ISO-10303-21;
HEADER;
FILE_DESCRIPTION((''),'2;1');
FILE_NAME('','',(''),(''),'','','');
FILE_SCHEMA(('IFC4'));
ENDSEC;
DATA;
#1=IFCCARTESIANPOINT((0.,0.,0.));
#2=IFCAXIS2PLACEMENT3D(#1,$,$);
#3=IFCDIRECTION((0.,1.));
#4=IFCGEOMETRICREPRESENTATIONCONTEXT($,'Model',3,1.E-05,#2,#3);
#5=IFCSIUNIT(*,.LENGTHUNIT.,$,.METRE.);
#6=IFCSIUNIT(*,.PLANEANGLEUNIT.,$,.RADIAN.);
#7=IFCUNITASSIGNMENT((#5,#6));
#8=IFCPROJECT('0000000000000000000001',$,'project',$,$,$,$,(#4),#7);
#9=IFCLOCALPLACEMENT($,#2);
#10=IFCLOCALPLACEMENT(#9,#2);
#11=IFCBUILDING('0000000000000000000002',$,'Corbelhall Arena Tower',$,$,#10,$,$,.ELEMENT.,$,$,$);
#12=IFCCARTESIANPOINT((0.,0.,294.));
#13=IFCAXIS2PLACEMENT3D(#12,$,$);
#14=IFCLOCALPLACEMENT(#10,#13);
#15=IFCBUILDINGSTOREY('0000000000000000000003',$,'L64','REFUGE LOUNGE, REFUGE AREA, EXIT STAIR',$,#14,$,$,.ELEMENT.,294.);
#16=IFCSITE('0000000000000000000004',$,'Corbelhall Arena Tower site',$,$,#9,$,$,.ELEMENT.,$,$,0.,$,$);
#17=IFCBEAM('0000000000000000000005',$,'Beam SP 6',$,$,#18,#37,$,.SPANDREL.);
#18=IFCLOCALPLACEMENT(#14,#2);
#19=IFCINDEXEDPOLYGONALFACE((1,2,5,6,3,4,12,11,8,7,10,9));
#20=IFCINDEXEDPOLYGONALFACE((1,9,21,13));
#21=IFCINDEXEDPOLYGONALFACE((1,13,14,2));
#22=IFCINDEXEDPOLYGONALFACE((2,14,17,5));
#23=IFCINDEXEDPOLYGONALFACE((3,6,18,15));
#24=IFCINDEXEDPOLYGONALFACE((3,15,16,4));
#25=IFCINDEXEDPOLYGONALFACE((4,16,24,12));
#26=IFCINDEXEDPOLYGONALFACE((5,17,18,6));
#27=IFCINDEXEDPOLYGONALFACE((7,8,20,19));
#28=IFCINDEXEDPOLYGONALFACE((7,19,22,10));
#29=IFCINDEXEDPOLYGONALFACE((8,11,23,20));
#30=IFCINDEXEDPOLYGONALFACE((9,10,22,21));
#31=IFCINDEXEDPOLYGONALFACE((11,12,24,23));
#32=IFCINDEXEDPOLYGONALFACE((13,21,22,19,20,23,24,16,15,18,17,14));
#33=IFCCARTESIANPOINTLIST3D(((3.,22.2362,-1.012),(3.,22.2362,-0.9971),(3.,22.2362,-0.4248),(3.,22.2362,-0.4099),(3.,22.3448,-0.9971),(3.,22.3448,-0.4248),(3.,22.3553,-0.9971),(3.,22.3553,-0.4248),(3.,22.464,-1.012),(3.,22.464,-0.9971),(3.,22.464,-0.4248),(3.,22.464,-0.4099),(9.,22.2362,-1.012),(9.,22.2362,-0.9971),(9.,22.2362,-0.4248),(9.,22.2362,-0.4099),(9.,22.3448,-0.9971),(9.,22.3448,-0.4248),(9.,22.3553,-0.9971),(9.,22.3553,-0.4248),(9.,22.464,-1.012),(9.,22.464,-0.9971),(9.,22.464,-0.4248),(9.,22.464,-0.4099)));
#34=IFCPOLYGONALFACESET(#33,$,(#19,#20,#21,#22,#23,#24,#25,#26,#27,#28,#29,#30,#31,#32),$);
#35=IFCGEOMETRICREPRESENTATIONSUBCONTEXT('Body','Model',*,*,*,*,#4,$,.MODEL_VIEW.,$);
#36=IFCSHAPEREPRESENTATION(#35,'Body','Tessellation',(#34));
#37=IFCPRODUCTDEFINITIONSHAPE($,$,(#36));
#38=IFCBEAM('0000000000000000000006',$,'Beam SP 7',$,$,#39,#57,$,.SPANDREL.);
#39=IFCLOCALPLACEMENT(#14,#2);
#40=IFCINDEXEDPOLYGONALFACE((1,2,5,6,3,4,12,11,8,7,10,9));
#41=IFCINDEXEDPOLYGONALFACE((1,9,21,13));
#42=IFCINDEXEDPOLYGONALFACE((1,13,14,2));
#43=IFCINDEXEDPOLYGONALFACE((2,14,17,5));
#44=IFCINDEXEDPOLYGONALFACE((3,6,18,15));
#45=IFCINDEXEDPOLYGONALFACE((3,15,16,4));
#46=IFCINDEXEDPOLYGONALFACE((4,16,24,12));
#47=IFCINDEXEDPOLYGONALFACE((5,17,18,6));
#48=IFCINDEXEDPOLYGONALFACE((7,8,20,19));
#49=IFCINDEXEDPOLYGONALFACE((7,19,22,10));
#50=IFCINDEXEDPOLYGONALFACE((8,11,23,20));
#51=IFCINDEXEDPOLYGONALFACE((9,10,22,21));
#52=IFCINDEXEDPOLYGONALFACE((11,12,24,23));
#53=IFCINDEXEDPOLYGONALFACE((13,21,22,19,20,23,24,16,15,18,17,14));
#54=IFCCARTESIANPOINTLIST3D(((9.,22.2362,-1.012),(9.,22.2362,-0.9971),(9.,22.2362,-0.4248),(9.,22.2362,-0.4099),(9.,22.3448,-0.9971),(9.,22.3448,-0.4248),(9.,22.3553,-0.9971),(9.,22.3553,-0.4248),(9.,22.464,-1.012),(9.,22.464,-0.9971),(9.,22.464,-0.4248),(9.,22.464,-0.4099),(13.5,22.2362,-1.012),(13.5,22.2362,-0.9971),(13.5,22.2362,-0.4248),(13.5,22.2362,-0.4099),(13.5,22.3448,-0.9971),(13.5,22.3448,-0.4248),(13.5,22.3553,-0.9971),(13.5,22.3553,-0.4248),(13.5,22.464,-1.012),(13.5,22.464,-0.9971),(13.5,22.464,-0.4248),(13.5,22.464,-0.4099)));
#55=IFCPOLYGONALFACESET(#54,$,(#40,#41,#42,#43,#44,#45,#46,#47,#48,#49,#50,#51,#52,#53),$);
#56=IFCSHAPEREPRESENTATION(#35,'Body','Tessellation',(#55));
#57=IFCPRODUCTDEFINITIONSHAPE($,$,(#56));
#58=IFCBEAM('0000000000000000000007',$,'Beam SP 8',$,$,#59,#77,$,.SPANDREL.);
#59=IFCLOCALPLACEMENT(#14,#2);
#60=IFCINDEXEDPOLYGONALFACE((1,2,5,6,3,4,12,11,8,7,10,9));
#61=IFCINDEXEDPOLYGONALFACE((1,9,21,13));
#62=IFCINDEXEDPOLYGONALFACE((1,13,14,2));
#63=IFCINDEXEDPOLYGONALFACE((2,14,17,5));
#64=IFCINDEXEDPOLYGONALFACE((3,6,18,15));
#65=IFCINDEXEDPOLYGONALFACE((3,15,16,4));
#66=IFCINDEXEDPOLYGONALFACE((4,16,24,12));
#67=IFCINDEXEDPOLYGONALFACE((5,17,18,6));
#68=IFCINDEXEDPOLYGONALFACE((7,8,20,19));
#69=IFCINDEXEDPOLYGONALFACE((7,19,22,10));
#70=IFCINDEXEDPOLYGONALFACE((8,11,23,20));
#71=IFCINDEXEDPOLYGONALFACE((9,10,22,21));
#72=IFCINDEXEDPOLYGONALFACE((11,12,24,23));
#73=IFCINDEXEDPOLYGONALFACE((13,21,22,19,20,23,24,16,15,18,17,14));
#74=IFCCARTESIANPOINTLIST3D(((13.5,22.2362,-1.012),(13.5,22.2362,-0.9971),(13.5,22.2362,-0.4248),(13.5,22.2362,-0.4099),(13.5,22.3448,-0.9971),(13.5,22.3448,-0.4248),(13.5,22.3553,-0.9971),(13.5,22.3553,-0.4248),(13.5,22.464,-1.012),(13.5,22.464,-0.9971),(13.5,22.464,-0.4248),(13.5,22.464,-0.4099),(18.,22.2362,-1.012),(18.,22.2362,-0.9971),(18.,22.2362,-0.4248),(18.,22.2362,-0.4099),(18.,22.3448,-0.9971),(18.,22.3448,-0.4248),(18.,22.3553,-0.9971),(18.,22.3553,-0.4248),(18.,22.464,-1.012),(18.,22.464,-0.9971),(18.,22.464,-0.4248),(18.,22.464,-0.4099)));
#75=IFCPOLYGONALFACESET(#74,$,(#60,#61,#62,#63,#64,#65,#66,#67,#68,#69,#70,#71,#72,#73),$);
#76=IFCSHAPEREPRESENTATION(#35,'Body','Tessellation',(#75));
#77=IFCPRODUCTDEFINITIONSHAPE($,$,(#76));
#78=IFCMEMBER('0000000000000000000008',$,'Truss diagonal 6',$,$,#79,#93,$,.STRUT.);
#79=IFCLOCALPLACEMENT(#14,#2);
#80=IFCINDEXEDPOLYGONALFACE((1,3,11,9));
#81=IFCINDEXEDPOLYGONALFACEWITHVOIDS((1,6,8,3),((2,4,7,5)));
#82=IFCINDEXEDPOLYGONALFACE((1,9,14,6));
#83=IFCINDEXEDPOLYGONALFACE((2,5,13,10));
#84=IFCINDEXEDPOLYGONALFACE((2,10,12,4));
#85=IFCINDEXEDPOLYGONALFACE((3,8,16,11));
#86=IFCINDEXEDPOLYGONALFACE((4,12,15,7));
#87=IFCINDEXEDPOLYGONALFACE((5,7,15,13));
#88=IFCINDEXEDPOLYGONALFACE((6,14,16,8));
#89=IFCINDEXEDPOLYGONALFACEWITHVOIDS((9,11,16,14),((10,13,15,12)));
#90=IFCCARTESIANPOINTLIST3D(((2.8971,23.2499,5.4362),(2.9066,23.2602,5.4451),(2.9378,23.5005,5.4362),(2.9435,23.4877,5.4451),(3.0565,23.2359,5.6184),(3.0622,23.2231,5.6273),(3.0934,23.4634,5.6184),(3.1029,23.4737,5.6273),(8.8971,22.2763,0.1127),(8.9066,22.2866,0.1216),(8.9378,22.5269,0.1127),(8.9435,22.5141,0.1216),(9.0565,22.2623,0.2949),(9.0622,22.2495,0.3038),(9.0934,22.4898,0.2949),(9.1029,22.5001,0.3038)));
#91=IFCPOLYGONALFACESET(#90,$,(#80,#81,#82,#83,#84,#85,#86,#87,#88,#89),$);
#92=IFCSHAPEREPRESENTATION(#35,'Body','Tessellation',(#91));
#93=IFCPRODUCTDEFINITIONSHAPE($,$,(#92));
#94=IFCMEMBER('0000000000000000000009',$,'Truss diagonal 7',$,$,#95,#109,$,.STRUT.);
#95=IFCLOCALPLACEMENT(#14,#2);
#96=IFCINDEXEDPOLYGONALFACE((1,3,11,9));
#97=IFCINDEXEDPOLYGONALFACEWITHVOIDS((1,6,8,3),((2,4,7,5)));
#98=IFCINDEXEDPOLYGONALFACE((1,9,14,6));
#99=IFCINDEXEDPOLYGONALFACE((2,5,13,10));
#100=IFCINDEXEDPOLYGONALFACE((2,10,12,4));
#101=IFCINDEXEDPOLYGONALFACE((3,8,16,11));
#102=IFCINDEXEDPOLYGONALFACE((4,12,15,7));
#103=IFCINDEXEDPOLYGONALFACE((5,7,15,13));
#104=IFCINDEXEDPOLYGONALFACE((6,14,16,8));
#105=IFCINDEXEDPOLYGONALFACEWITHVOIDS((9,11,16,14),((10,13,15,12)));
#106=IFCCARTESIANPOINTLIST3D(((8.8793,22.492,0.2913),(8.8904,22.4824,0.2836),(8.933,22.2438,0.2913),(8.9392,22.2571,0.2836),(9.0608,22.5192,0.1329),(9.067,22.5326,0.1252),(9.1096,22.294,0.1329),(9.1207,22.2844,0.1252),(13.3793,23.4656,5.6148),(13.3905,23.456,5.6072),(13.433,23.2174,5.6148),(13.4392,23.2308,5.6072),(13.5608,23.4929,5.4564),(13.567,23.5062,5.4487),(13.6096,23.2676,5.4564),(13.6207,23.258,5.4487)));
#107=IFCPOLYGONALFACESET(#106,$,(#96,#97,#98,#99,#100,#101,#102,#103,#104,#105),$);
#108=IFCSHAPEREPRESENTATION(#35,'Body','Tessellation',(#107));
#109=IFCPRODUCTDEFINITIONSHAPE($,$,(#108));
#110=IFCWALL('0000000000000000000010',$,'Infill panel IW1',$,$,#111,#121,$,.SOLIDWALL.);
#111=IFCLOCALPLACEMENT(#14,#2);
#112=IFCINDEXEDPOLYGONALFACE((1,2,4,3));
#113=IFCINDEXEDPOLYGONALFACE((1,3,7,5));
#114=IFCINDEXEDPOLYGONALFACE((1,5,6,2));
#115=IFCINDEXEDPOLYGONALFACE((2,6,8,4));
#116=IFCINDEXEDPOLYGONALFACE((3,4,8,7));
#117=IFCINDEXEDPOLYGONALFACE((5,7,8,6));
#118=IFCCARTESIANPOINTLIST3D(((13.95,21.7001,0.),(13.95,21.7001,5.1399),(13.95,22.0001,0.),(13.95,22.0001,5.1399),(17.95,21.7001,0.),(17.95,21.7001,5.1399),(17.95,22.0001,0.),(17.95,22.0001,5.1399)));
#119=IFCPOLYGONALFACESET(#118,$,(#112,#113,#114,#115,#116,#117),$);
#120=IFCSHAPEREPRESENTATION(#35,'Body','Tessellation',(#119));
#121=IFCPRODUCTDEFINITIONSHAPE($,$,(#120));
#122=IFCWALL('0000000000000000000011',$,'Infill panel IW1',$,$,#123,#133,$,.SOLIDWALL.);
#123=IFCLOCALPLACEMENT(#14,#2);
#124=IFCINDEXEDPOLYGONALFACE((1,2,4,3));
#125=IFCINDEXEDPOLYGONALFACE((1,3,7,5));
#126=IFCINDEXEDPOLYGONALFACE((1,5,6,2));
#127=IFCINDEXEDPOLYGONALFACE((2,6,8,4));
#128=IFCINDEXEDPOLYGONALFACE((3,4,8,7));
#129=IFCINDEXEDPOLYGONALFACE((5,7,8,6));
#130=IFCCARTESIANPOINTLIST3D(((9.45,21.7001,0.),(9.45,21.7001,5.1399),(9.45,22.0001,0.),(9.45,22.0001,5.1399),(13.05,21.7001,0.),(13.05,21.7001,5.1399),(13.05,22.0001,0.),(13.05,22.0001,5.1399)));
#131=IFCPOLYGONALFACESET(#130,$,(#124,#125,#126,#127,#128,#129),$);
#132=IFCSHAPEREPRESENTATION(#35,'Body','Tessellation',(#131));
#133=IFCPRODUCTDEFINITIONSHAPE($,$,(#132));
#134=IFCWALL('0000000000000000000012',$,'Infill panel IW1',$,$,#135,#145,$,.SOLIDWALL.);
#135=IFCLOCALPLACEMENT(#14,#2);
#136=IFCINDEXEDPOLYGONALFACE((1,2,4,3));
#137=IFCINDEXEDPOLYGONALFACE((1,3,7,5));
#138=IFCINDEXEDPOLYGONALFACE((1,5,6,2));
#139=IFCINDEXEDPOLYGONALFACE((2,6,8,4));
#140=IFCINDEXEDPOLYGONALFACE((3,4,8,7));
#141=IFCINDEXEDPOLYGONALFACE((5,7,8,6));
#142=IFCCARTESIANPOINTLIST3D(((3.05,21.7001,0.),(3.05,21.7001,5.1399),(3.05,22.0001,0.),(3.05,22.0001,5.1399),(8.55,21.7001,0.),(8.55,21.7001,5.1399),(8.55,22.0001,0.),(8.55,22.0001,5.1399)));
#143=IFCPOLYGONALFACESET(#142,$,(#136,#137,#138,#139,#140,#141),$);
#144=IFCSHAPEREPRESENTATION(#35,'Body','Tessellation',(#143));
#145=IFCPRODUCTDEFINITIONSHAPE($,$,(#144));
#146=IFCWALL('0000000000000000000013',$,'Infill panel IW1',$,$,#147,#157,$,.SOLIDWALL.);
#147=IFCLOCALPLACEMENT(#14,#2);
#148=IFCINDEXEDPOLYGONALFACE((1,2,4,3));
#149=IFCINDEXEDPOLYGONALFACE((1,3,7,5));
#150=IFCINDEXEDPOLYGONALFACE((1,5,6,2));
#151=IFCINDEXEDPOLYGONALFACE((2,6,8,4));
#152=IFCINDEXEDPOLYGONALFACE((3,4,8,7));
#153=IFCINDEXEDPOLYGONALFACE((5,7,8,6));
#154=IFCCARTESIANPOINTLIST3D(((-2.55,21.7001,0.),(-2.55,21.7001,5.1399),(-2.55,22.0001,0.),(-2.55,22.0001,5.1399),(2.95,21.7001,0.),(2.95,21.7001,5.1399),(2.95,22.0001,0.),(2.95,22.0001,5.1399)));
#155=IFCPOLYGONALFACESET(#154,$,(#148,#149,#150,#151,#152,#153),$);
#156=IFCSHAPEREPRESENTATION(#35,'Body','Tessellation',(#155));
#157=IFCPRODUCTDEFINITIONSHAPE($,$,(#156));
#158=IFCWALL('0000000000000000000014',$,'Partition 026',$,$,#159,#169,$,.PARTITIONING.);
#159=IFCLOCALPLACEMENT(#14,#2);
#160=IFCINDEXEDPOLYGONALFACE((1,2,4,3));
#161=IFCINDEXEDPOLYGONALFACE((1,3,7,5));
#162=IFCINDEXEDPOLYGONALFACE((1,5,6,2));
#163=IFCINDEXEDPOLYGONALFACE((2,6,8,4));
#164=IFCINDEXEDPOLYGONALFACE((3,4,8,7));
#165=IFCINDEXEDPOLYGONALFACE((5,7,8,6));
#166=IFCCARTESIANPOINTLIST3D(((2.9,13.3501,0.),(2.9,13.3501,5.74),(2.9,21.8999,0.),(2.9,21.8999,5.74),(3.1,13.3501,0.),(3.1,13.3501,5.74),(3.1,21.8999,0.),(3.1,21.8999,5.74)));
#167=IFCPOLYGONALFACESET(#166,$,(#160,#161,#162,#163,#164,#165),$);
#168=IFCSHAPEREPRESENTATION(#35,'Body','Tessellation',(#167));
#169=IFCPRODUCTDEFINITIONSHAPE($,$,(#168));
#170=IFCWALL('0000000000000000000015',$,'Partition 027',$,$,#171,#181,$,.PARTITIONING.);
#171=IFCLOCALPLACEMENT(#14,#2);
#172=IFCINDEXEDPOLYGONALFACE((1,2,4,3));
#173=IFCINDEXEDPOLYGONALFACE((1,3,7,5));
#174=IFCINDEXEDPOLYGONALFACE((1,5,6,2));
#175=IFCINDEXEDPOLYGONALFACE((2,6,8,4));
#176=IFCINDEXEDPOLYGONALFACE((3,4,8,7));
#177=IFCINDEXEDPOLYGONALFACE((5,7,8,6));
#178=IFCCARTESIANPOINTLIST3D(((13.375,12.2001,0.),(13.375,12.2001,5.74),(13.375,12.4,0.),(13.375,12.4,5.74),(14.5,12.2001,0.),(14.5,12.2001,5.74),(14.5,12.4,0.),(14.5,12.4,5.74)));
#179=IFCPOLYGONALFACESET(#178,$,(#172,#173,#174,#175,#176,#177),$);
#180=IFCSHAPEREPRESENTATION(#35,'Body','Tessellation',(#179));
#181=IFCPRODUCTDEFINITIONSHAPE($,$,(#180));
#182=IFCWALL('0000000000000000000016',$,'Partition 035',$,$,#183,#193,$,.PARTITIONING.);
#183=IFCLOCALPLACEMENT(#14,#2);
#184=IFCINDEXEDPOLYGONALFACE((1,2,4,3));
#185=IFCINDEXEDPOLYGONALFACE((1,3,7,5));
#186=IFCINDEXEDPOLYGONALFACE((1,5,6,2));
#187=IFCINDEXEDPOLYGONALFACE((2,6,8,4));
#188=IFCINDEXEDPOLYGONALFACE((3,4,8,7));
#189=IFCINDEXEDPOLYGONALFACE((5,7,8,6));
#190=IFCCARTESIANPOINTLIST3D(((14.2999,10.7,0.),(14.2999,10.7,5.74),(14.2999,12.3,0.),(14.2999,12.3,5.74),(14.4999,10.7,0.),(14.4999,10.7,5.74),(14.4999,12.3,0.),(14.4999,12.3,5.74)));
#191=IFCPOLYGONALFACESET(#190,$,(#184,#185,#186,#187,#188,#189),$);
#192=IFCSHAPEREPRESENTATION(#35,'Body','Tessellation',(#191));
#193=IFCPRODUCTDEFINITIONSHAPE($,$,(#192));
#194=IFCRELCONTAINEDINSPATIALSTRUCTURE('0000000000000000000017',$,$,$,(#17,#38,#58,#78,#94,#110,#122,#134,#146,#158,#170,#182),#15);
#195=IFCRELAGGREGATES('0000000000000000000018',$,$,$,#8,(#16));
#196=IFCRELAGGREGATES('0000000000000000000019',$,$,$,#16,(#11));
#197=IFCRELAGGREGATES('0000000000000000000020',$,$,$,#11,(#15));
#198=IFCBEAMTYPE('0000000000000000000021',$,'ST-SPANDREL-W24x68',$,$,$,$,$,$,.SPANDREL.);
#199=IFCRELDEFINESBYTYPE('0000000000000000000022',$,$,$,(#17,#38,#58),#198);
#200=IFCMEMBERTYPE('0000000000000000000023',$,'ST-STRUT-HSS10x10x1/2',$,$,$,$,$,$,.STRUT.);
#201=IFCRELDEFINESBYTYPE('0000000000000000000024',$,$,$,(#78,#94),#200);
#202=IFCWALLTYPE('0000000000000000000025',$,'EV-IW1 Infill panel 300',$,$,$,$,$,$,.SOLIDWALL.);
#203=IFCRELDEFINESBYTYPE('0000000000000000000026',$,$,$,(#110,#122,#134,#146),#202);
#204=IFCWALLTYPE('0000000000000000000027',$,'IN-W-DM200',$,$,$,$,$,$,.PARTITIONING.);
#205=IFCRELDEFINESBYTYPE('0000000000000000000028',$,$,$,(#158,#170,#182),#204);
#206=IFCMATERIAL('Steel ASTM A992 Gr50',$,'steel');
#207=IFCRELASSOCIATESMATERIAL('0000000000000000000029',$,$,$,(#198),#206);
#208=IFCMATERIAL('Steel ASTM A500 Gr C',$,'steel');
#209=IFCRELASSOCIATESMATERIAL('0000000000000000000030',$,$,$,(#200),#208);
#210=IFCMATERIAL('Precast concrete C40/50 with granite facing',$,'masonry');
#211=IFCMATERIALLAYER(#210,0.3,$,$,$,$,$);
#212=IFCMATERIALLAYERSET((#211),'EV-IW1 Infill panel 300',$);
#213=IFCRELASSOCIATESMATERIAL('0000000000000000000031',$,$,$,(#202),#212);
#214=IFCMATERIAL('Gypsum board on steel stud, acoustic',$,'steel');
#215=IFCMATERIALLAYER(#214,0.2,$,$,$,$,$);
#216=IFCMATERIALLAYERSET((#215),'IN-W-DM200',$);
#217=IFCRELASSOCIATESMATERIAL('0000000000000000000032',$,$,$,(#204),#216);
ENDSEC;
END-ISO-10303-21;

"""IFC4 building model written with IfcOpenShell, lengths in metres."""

from ifc_helpers import new_model, si_unit, direction, frame, frame_2d, origin, origin_2d, place, context, subcontext, project, spatial, rectangle, hollow_rectangle, i_section, extrude, material, layer, layer_set, material_profile, profile_set, type_object, element, save


model = new_model("IFC4")

# Units and contexts
model_context = context("Model", 3, precision=1e-05, world=origin(), true_north=direction((0.0, 1.0)))
body_context = subcontext(model_context, "Body", "Model", "MODEL_VIEW")
ifc_project = project(units=[si_unit("LENGTHUNIT", "METRE"), si_unit("PLANEANGLEUNIT", "RADIAN")], contexts=[model_context])

# Site, building, storey
site_placement = place(None, origin())
site = spatial("IfcSite", under=ifc_project, at=site_placement, Name="Corbelhall Arena Tower site", CompositionType="ELEMENT", RefElevation=0.0)
building_placement = place(site_placement, origin())
building = spatial("IfcBuilding", under=site, at=building_placement, Name="Corbelhall Arena Tower", CompositionType="ELEMENT")
storey_placement = place(building_placement, frame((0.0, 0.0, 294.0)))
storey = spatial("IfcBuildingStorey", under=building, at=storey_placement, Name="L64", Description="REFUGE LOUNGE, REFUGE AREA, EXIT STAIR", CompositionType="ELEMENT", Elevation=294.0)

# Shared definitions
ifc_material_1 = material(Name="Steel ASTM A992 Gr50", Category="steel")

# Beams
ifc_material_profile_1 = material_profile(ifc_material_1, i_section(OverallWidth=0.2278, OverallDepth=0.6021, WebThickness=0.0105, FlangeThickness=0.0149, at=origin_2d()))
ifc_profile_set_1 = profile_set([ifc_material_profile_1], Name="Steel ASTM A992 Gr50")
beam_type = type_object("IfcBeamType", Name="ST-SPANDREL-W24x68", PredefinedType="SPANDREL", material=ifc_profile_set_1)
beam_placement = place(storey_placement, frame((3.0, 22.3501, -0.7109), z_axis=(1.0, 0.0, 0.0), x_axis=(0.0, 1.0, 0.0)))
element("IfcBeam", 1, at=beam_placement, inside=storey, type_object=beam_type, Name="Beam SP 6", PredefinedType="SPANDREL", context=body_context, shape_type="SweptSolid", body=[
    extrude(i_section(OverallWidth=0.2278, OverallDepth=0.6021, WebThickness=0.0105, FlangeThickness=0.0149, at=origin_2d()), origin(), (0.0, 0.0, 1.0), 6.0),
])
for number, where, z_axis, x_axis, name in (
    (2, (9.0, 22.3501, -0.7109), (1.0, 0.0, 0.0), (0.0, 1.0, 0.0), "Beam SP 7"),
    (3, (13.5, 22.3501, -0.7109), (1.0, 0.0, 0.0), (0.0, 1.0, 0.0), "Beam SP 8"),
):
    element("IfcBeam", number, at=place(storey_placement, frame(where, z_axis=z_axis, x_axis=x_axis)), inside=storey, type_object=beam_type, Name=name, PredefinedType="SPANDREL", context=body_context, shape_type="SweptSolid", body=[
        extrude(i_section(OverallWidth=0.2278, OverallDepth=0.6021, WebThickness=0.0105, FlangeThickness=0.0149, at=origin_2d()), origin(), (0.0, 0.0, 1.0), 4.5),
    ])

# Members
ifc_material_2 = material(Name="Steel ASTM A500 Gr C", Category="steel")
ifc_material_profile_2 = material_profile(ifc_material_2, hollow_rectangle(XDim=0.2539, YDim=0.2539, WallThickness=0.0117, at=origin_2d()))
ifc_profile_set_2 = profile_set([ifc_material_profile_2], Name="Steel ASTM A500 Gr C")
member_type_1 = type_object("IfcMemberType", Name="ST-STRUT-HSS10x10x1/2", PredefinedType="STRUT", material=ifc_profile_set_2)
member_1_placement = place(storey_placement, frame((9.0, 22.3882, 0.2083), z_axis=(-0.742568, 0.120498, 0.658842), x_axis=(-0.160177, -0.987088, 0.0)))
element("IfcMember", 4, at=member_1_placement, inside=storey, type_object=member_type_1, Name="Truss diagonal 6", PredefinedType="STRUT", context=body_context, shape_type="SweptSolid", body=[
    extrude(hollow_rectangle(XDim=0.2539, YDim=0.2539, WallThickness=0.0117, at=origin_2d()), origin(), (0.0, 0.0, 1.0), 8.0801),
])
member_2_placement = place(storey_placement, frame((9.0, 22.3882, 0.2083), z_axis=(0.63936, 0.138334, 0.756361), x_axis=(-0.21147, 0.977385, 0.0)))
element("IfcMember", 5, at=member_2_placement, inside=storey, type_object=member_type_1, Name="Truss diagonal 7", PredefinedType="STRUT", context=body_context, shape_type="SweptSolid", body=[
    extrude(hollow_rectangle(XDim=0.2539, YDim=0.2539, WallThickness=0.0117, at=origin_2d()), origin(), (0.0, 0.0, 1.0), 7.0383),
])

# Walls
ifc_material_3 = material(Name="Precast concrete C40/50 with granite facing", Category="masonry")
ifc_layer_1 = layer(ifc_material_3, 0.3)
ifc_layer_set_1 = layer_set([ifc_layer_1], Name="EV-IW1 Infill panel 300")
wall_type_1 = type_object("IfcWallType", Name="EV-IW1 Infill panel 300", PredefinedType="SOLIDWALL", material=ifc_layer_set_1)
wall_1_placement = place(storey_placement, frame((17.95, 21.8501, 0.0), z_axis=(0.0, 0.0, 1.0), x_axis=(-1.0, 0.0, 0.0)))
element("IfcWall", 6, at=wall_1_placement, inside=storey, type_object=wall_type_1, Name="Infill panel IW1", PredefinedType="SOLIDWALL", context=body_context, shape_type="SweptSolid", body=[
    extrude(rectangle(XDim=4.0, YDim=0.3, at=frame_2d((2.0, 0.0))), origin(), (0.0, 0.0, 1.0), 5.1399),
])
wall_2_placement = place(storey_placement, frame((13.05, 21.8501, 0.0), z_axis=(0.0, 0.0, 1.0), x_axis=(-1.0, 0.0, 0.0)))
element("IfcWall", 7, at=wall_2_placement, inside=storey, type_object=wall_type_1, Name="Infill panel IW1", PredefinedType="SOLIDWALL", context=body_context, shape_type="SweptSolid", body=[
    extrude(rectangle(XDim=3.6001, YDim=0.3, at=frame_2d((1.8, 0.0))), origin(), (0.0, 0.0, 1.0), 5.1399),
])
for number, where, z_axis, x_axis, name in (
    (8, (8.55, 21.8501, 0.0), (0.0, 0.0, 1.0), (-1.0, 0.0, 0.0), "Infill panel IW1"),
    (9, (2.95, 21.8501, 0.0), (0.0, 0.0, 1.0), (-1.0, 0.0, 0.0), "Infill panel IW1"),
):
    element("IfcWall", number, at=place(storey_placement, frame(where, z_axis=z_axis, x_axis=x_axis)), inside=storey, type_object=wall_type_1, Name=name, PredefinedType="SOLIDWALL", context=body_context, shape_type="SweptSolid", body=[
        extrude(rectangle(XDim=5.5, YDim=0.3, at=frame_2d((2.75, 0.0))), origin(), (0.0, 0.0, 1.0), 5.1399),
    ])
ifc_material_4 = material(Name="Gypsum board on steel stud, acoustic", Category="steel")
ifc_layer_2 = layer(ifc_material_4, 0.2)
ifc_layer_set_2 = layer_set([ifc_layer_2], Name="IN-W-DM200")
wall_type_2 = type_object("IfcWallType", Name="IN-W-DM200", PredefinedType="PARTITIONING", material=ifc_layer_set_2)
wall_3_placement = place(storey_placement, frame((3.0, 21.8999, 0.0), z_axis=(0.0, 0.0, 1.0), x_axis=(0.0, -1.0, 0.0)))
element("IfcWall", 10, at=wall_3_placement, inside=storey, type_object=wall_type_2, Name="Partition 026", PredefinedType="PARTITIONING", context=body_context, shape_type="SweptSolid", body=[
    extrude(rectangle(XDim=8.5498, YDim=0.2, at=frame_2d((4.2749, 0.0))), origin(), (0.0, 0.0, 1.0), 5.74),
])
wall_4_placement = place(storey_placement, frame((13.375, 12.3, 0.0), z_axis=(0.0, 0.0, 1.0), x_axis=(1.0, 0.0, 0.0)))
element("IfcWall", 11, at=wall_4_placement, inside=storey, type_object=wall_type_2, Name="Partition 027", PredefinedType="PARTITIONING", context=body_context, shape_type="SweptSolid", body=[
    extrude(rectangle(XDim=1.125, YDim=0.2, at=frame_2d((0.5625, 0.0))), origin(), (0.0, 0.0, 1.0), 5.74),
])
wall_5_placement = place(storey_placement, frame((14.3999, 12.3, 0.0), z_axis=(0.0, 0.0, 1.0), x_axis=(0.0, -1.0, 0.0)))
element("IfcWall", 12, at=wall_5_placement, inside=storey, type_object=wall_type_2, Name="Partition 035", PredefinedType="PARTITIONING", context=body_context, shape_type="SweptSolid", body=[
    extrude(rectangle(XDim=1.6001, YDim=0.2, at=frame_2d((0.8, 0.0))), origin(), (0.0, 0.0, 1.0), 5.74),
])

save(model, "model.ifc")
